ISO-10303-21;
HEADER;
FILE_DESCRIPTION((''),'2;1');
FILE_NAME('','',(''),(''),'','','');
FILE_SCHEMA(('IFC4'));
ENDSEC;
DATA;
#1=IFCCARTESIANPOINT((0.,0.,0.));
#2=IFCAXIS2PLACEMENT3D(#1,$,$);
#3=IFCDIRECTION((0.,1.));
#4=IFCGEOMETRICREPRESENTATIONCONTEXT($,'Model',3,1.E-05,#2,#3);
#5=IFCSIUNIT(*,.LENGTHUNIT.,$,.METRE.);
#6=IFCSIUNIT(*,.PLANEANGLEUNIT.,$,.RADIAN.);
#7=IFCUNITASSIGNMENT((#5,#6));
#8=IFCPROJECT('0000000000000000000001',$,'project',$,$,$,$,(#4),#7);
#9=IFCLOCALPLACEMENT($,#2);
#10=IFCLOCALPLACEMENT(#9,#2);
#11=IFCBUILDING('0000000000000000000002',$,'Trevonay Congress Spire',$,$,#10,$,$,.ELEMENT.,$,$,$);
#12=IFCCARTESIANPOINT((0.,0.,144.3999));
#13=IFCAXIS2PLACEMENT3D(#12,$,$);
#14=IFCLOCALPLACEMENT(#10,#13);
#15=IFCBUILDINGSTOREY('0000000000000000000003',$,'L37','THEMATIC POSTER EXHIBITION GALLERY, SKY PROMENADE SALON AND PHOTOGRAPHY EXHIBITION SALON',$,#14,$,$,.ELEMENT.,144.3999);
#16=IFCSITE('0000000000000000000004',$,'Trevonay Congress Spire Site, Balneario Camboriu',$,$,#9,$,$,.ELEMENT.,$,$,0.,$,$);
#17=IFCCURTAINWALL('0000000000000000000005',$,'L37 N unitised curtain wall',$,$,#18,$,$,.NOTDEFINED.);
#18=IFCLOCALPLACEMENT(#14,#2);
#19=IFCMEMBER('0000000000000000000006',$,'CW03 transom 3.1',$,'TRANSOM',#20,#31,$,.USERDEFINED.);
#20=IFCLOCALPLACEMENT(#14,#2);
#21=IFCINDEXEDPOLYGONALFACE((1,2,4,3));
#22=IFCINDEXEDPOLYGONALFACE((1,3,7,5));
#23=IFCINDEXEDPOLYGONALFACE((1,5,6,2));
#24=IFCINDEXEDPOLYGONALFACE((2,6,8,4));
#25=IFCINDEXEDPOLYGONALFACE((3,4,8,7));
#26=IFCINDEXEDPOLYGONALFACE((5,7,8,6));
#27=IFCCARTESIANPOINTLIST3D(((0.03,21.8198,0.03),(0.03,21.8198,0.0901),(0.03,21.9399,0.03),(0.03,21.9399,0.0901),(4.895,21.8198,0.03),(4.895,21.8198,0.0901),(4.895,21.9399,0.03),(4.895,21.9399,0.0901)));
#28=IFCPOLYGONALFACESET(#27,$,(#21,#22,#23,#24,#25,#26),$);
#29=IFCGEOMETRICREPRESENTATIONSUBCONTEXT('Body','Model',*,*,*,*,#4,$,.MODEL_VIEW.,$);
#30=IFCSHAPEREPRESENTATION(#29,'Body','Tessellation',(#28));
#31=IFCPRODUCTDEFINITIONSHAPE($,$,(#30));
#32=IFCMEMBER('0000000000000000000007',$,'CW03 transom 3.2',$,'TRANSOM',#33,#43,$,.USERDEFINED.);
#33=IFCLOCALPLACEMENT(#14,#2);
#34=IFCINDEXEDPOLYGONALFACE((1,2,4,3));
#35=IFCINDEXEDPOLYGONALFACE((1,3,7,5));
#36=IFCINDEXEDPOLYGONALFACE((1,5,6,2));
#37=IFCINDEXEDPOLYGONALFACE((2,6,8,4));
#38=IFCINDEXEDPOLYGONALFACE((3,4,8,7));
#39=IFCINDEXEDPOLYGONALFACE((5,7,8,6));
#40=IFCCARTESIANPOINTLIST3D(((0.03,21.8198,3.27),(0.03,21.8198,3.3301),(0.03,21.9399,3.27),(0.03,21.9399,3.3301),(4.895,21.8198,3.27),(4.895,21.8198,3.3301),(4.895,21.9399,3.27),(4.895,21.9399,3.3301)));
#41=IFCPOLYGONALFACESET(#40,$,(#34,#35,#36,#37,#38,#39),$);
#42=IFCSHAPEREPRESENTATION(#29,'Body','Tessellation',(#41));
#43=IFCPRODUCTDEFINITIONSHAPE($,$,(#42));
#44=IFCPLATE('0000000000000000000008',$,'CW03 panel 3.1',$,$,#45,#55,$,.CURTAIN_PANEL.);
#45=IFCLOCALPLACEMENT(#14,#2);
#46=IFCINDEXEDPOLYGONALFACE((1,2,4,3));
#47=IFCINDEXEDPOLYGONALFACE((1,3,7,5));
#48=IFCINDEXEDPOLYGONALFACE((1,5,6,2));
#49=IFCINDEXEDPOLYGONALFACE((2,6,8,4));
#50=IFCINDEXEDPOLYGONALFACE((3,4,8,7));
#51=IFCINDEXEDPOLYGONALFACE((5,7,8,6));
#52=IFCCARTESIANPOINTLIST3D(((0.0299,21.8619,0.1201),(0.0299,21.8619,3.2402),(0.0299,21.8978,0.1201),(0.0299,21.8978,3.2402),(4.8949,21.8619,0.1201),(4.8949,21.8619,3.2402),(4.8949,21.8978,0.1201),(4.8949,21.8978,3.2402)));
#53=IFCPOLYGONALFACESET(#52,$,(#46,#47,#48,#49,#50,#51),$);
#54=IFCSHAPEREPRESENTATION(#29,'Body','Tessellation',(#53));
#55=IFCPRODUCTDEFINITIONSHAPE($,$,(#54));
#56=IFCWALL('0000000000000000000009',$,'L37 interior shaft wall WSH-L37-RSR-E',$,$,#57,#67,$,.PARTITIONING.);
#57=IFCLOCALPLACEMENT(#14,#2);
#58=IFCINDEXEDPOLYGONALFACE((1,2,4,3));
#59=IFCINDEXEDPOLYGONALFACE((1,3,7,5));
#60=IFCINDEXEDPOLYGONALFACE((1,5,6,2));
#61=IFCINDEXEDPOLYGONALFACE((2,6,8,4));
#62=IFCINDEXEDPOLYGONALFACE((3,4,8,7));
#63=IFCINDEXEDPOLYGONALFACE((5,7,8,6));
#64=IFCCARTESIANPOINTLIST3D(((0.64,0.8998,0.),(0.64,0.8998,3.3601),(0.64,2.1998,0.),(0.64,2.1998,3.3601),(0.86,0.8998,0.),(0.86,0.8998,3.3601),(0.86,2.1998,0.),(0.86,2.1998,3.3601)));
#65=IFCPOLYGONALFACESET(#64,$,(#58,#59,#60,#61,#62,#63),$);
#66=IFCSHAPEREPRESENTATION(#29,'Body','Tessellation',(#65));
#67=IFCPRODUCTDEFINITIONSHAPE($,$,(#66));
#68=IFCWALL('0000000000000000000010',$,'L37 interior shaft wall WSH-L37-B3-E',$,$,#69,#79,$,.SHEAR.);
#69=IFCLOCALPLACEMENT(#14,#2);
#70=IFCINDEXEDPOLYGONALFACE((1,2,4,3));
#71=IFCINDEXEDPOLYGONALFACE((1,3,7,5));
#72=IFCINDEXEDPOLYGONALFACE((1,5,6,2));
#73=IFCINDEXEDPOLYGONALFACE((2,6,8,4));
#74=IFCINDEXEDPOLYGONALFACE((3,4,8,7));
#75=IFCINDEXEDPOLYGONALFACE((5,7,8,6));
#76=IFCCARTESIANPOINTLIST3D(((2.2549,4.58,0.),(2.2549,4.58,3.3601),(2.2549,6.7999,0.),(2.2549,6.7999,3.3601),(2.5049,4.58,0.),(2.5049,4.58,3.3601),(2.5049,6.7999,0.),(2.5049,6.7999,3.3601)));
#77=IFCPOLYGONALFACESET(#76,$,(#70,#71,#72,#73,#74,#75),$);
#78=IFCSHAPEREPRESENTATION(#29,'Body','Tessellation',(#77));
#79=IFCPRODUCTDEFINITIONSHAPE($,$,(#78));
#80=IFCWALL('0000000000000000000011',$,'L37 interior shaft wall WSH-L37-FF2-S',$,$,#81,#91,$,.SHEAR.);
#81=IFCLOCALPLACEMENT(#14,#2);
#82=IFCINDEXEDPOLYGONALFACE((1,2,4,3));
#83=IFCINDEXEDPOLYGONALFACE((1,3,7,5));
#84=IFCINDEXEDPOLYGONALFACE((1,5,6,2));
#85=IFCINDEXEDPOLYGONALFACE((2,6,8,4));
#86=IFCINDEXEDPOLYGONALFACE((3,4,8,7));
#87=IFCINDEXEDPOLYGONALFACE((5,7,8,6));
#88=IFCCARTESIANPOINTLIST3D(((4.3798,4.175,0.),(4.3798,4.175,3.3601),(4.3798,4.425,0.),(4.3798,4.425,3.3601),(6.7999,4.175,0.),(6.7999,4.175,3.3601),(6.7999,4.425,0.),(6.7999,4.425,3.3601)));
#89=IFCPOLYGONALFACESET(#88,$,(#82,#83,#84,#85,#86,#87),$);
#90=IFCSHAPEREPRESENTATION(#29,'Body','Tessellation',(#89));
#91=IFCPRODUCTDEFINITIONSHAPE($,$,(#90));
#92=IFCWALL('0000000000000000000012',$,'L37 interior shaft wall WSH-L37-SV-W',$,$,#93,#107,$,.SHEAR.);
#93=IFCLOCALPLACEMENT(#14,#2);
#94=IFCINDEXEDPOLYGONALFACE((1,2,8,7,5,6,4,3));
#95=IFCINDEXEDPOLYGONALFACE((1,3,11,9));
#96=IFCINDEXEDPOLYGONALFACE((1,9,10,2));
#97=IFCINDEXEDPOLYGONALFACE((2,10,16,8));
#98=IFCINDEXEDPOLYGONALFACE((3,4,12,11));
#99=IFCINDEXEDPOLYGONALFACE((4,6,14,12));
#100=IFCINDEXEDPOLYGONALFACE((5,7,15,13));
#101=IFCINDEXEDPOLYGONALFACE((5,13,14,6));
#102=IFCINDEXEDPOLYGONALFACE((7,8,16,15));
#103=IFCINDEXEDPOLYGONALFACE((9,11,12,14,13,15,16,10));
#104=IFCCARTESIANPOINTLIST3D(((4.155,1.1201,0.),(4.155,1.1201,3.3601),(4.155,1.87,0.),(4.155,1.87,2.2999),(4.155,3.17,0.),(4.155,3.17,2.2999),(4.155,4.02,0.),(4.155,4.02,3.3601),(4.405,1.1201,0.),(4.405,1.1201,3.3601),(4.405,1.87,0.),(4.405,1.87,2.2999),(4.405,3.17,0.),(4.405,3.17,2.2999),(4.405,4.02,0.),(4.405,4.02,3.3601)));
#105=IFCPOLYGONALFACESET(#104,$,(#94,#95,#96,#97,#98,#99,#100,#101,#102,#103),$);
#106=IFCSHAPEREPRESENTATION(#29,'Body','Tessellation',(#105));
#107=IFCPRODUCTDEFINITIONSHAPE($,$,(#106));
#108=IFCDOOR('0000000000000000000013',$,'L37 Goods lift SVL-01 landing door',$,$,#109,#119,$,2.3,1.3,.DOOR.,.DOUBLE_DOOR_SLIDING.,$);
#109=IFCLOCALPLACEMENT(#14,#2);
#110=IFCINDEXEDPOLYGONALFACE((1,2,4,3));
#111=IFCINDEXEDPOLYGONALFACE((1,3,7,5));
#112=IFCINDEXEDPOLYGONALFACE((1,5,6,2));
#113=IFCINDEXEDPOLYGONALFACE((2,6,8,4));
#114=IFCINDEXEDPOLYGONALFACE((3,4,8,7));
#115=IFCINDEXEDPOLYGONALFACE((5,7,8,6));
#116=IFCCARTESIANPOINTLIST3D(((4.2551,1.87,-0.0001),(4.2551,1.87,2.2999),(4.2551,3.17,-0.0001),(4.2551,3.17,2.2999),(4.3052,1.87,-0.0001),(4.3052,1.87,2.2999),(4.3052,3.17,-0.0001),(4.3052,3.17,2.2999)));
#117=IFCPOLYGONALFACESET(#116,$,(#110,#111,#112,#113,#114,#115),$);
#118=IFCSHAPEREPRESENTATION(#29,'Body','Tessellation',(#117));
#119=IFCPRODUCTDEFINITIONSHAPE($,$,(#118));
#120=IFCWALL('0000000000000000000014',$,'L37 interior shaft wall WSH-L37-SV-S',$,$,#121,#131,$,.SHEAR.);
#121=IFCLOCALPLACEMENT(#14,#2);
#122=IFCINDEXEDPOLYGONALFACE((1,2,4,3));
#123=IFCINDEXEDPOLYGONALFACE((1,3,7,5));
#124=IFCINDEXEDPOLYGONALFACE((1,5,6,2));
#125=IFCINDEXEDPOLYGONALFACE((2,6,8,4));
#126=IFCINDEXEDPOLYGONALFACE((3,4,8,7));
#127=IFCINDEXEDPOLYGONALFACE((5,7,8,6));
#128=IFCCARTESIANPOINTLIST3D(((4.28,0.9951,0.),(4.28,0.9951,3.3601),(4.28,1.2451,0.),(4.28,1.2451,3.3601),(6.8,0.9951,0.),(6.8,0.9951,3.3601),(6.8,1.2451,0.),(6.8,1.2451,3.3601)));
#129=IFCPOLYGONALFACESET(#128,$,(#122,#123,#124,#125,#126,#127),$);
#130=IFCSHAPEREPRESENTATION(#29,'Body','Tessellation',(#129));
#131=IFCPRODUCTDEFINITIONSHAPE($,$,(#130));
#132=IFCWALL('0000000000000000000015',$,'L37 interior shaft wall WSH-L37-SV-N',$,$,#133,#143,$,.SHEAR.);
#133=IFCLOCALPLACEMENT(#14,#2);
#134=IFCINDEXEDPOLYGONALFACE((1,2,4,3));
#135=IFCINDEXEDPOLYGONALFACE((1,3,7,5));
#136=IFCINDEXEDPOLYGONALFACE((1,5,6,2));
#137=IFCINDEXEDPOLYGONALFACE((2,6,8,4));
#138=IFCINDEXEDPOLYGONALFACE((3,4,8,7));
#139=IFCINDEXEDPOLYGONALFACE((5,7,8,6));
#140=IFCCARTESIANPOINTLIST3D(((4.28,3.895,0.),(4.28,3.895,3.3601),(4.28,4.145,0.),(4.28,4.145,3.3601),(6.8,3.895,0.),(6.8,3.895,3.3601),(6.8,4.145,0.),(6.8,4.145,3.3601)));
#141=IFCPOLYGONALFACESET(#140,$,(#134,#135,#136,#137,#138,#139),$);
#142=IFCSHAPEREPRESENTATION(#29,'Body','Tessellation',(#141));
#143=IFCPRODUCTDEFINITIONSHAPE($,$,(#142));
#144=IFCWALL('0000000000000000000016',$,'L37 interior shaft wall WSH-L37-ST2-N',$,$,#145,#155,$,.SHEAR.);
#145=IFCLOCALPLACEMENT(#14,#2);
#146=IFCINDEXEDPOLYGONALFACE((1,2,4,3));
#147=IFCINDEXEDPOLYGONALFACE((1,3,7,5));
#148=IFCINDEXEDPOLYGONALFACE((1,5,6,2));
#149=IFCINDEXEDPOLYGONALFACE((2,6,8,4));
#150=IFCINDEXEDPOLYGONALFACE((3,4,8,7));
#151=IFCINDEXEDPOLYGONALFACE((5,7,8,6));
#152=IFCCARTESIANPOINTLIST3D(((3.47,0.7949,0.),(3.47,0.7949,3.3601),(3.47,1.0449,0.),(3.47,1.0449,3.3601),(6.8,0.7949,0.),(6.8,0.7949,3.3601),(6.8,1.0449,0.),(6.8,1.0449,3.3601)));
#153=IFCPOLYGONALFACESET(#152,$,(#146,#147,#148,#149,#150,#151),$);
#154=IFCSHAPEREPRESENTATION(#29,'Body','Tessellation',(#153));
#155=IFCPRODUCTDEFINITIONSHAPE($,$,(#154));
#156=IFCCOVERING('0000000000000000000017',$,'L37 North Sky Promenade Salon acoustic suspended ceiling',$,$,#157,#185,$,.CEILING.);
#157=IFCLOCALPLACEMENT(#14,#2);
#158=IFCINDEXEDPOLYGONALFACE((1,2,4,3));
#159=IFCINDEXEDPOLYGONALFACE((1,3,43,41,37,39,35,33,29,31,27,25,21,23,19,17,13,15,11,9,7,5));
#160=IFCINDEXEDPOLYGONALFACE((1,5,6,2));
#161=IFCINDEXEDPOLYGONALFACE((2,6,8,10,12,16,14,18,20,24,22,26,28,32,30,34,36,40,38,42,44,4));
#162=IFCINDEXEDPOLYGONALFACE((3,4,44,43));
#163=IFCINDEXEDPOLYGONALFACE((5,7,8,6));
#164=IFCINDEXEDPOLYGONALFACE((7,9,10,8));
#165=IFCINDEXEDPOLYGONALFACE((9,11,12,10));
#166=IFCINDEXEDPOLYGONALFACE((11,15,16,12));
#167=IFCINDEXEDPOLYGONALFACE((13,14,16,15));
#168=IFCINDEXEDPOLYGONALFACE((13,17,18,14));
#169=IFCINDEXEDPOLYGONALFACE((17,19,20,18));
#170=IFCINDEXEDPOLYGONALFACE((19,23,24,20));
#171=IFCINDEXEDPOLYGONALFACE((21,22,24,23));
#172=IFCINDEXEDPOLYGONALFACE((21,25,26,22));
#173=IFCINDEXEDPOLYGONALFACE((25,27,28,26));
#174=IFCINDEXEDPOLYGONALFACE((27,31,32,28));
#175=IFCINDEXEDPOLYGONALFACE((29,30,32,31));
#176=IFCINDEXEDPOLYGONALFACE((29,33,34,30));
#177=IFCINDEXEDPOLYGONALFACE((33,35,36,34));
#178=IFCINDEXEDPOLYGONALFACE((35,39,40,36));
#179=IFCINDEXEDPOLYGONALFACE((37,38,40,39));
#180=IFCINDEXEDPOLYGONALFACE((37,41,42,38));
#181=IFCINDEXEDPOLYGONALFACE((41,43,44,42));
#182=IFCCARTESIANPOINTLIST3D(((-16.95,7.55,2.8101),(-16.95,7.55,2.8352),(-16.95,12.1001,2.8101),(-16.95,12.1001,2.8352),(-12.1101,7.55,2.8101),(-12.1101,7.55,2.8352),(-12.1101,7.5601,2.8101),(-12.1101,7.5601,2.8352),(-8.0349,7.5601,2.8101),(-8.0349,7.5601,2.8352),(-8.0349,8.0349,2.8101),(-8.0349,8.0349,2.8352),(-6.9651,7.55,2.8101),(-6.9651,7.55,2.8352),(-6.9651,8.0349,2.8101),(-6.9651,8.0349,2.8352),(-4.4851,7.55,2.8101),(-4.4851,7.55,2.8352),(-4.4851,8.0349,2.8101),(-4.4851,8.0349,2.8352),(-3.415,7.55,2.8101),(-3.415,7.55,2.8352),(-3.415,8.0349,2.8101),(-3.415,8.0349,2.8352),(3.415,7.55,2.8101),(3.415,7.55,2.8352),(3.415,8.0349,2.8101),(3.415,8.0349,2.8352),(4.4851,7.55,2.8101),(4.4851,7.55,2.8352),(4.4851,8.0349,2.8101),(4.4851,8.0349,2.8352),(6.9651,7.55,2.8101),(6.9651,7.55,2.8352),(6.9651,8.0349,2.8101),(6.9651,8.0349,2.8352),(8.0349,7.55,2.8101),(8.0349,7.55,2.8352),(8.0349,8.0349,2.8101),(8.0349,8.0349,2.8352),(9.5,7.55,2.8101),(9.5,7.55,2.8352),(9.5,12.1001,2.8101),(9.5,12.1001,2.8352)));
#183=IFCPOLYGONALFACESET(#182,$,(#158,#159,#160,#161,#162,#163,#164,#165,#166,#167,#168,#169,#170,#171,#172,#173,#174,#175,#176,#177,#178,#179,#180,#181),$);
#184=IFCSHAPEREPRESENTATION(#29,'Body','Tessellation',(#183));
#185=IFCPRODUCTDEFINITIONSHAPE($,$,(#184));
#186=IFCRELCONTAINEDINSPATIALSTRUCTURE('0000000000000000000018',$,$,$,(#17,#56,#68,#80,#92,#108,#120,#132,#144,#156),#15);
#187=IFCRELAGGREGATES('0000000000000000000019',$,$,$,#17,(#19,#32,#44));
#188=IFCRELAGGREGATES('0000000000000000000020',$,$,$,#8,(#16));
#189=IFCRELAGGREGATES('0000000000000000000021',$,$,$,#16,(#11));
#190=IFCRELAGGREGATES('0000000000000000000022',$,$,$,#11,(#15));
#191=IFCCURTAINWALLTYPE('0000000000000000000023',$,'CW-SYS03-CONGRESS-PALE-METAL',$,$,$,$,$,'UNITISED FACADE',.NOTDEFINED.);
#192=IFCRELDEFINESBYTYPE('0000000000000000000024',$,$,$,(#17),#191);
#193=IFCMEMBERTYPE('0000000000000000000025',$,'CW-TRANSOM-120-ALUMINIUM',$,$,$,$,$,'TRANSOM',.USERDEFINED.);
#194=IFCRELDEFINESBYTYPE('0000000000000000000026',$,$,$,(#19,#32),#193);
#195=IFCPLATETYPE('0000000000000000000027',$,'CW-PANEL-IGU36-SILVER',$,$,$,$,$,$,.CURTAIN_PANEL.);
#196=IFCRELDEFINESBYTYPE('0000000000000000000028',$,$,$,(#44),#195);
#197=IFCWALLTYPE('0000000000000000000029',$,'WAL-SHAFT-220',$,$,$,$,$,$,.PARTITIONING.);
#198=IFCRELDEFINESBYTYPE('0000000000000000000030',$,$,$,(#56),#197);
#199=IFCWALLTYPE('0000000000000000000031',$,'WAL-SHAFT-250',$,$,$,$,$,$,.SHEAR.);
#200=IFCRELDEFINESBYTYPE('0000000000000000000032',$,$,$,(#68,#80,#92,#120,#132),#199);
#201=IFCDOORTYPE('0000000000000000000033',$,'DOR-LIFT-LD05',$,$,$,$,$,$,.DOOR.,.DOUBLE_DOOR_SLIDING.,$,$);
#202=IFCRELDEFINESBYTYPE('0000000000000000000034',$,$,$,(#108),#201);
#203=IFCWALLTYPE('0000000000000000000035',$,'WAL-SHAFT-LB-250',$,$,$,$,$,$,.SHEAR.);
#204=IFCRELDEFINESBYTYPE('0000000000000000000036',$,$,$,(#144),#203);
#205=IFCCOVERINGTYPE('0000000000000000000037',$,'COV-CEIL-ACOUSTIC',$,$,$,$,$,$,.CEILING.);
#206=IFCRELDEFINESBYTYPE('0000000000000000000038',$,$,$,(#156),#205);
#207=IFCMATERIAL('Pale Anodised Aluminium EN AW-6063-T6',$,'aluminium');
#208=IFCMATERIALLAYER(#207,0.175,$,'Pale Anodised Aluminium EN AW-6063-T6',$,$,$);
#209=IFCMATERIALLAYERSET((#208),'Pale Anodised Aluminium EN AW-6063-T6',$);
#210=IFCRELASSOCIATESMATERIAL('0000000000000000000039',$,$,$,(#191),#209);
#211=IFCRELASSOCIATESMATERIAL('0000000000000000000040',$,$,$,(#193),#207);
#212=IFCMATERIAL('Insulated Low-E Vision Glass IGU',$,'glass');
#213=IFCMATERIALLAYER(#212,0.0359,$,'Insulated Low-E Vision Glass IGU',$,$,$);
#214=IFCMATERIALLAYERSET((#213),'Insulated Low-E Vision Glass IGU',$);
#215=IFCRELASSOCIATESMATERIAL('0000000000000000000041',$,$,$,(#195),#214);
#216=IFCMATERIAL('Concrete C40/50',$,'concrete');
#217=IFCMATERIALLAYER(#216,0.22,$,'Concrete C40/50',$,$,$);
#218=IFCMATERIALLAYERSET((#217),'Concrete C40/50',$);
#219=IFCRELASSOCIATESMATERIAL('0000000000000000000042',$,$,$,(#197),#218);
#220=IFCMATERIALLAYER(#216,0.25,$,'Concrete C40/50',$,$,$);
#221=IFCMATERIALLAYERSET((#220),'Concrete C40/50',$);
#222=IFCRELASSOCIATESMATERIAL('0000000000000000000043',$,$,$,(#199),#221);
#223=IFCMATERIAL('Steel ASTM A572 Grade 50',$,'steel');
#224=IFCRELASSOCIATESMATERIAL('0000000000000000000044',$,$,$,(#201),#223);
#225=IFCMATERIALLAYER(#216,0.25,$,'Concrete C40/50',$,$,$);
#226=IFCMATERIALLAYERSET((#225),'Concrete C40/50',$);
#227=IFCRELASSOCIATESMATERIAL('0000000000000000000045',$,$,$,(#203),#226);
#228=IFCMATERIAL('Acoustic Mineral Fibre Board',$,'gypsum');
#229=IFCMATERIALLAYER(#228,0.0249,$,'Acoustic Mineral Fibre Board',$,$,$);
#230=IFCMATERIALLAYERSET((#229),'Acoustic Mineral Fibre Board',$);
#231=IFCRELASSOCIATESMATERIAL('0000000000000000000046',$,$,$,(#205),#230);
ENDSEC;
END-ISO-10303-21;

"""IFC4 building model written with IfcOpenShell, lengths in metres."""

from ifc_helpers import new_model, si_unit, direction, frame, frame_2d, origin, origin_2d, place, context, subcontext, project, spatial, polyline, rectangle, outline, extrude, material, layer, layer_set, material_profile, profile_set, type_object, element, fill, aggregate, save


model = new_model("IFC4")

# Units and contexts
model_context = context("Model", 3, precision=1e-05, world=origin(), true_north=direction((0.0, 1.0)))
body_context = subcontext(model_context, "Body", "Model", "MODEL_VIEW")
ifc_project = project(units=[si_unit("LENGTHUNIT", "METRE"), si_unit("PLANEANGLEUNIT", "RADIAN")], contexts=[model_context])

# Site, building, storey
site_placement = place(None, origin())
site = spatial("IfcSite", under=ifc_project, at=site_placement, Name="Trevonay Congress Spire Site, Balneario Camboriu", CompositionType="ELEMENT", RefElevation=0.0)
building_placement = place(site_placement, origin())
building = spatial("IfcBuilding", under=site, at=building_placement, Name="Trevonay Congress Spire", CompositionType="ELEMENT")
storey_placement = place(building_placement, frame((0.0, 0.0, 144.3999)))
storey = spatial("IfcBuildingStorey", under=building, at=storey_placement, Name="L37", Description="THEMATIC POSTER EXHIBITION GALLERY, SKY PROMENADE SALON AND PHOTOGRAPHY EXHIBITION SALON", CompositionType="ELEMENT", Elevation=144.3999)

# Shared definitions
ifc_material_1 = material(Name="Steel ASTM A572 Grade 50", Category="steel")

# Curtain wall, members, plate
ifc_material_2 = material(Name="Pale Anodised Aluminium EN AW-6063-T6", Category="aluminium")
ifc_layer_1 = layer(ifc_material_2, 0.175, Name="Pale Anodised Aluminium EN AW-6063-T6")
ifc_layer_set_1 = layer_set([ifc_layer_1], Name="Pale Anodised Aluminium EN AW-6063-T6")
curtain_wall_type = type_object("IfcCurtainWallType", Name="CW-SYS03-CONGRESS-PALE-METAL", ElementType="UNITISED FACADE", PredefinedType="NOTDEFINED", material=ifc_layer_set_1)
curtain_wall_placement = place(storey_placement, origin())
curtain_wall = element("IfcCurtainWall", 1, at=curtain_wall_placement, inside=storey, type_object=curtain_wall_type, Name="L37 N unitised curtain wall", PredefinedType="NOTDEFINED")
ifc_material_profile_1 = material_profile(ifc_material_2, rectangle(XDim=0.1201, YDim=0.0601, at=origin_2d()), Name="CW-TRANSOM-120-ALUMINIUM")
ifc_profile_set_1 = profile_set([ifc_material_profile_1], Name="Pale Anodised Aluminium EN AW-6063-T6")
member_type = type_object("IfcMemberType", Name="CW-TRANSOM-120-ALUMINIUM", ElementType="TRANSOM", PredefinedType="USERDEFINED", material=ifc_profile_set_1)
member_1_placement = place(storey_placement, frame((0.03, 21.8799, 0.0601), z_axis=(1.0, 0.0, 0.0), x_axis=(0.0, 1.0, 0.0)))
member_1 = element("IfcMember", 2, at=member_1_placement, type_object=member_type, Name="CW03 transom 3.1", ObjectType="TRANSOM", PredefinedType="USERDEFINED", context=body_context, shape_type="SweptSolid", body=[
    extrude(rectangle(XDim=0.1201, YDim=0.0601, at=origin_2d()), origin(), (0.0, 0.0, 1.0), 4.865),
])
member_2_placement = place(storey_placement, frame((0.03, 21.8799, 3.3), z_axis=(1.0, 0.0, 0.0), x_axis=(0.0, 1.0, 0.0)))
member_2 = element("IfcMember", 3, at=member_2_placement, type_object=member_type, Name="CW03 transom 3.2", ObjectType="TRANSOM", PredefinedType="USERDEFINED", context=body_context, shape_type="SweptSolid", body=[
    extrude(rectangle(XDim=0.1201, YDim=0.0601, at=origin_2d()), origin(), (0.0, 0.0, 1.0), 4.865),
])
ifc_material_3 = material(Name="Insulated Low-E Vision Glass IGU", Category="glass")
ifc_layer_2 = layer(ifc_material_3, 0.0359, Name="Insulated Low-E Vision Glass IGU")
ifc_layer_set_2 = layer_set([ifc_layer_2], Name="Insulated Low-E Vision Glass IGU")
plate_type = type_object("IfcPlateType", Name="CW-PANEL-IGU36-SILVER", PredefinedType="CURTAIN_PANEL", material=ifc_layer_set_2)
plate_placement = place(storey_placement, frame((2.4624, 21.8799, 0.1201), z_axis=(0.0, 0.0, 1.0), x_axis=(1.0, 0.0, 0.0)))
plate = element("IfcPlate", 4, at=plate_placement, type_object=plate_type, Name="CW03 panel 3.1", PredefinedType="CURTAIN_PANEL", context=body_context, shape_type="SweptSolid", body=[
    extrude(rectangle(XDim=4.865, YDim=0.0359, at=origin_2d()), origin(), (0.0, 0.0, 1.0), 3.1201),
])
aggregate(curtain_wall, [member_1, member_2, plate])

# Walls
ifc_material_4 = material(Name="Concrete C40/50", Category="concrete")
ifc_layer_3 = layer(ifc_material_4, 0.22, Name="Concrete C40/50")
ifc_layer_set_3 = layer_set([ifc_layer_3], Name="Concrete C40/50")
wall_type_1 = type_object("IfcWallType", Name="WAL-SHAFT-220", PredefinedType="PARTITIONING", material=ifc_layer_set_3)
wall_1_placement = place(storey_placement, frame((0.75, 0.8999, 0.0), z_axis=(0.0, 0.0, 1.0), x_axis=(0.0, 1.0, 0.0)))
element("IfcWall", 5, at=wall_1_placement, inside=storey, type_object=wall_type_1, Name="L37 interior shaft wall WSH-L37-RSR-E", PredefinedType="PARTITIONING", context=body_context, shape_type="SweptSolid", body=[
    extrude(rectangle(XDim=1.3, YDim=0.22, at=frame_2d((0.6499, 0.0))), origin(), (0.0, 0.0, 1.0), 3.3601),
])
ifc_layer_4 = layer(ifc_material_4, 0.25, Name="Concrete C40/50")
ifc_layer_set_4 = layer_set([ifc_layer_4], Name="Concrete C40/50")
wall_type_2 = type_object("IfcWallType", Name="WAL-SHAFT-250", PredefinedType="SHEAR", material=ifc_layer_set_4)
wall_2_placement = place(storey_placement, frame((2.3799, 4.5801, 0.0), z_axis=(0.0, 0.0, 1.0), x_axis=(0.0, 1.0, 0.0)))
element("IfcWall", 6, at=wall_2_placement, inside=storey, type_object=wall_type_2, Name="L37 interior shaft wall WSH-L37-B3-E", PredefinedType="SHEAR", context=body_context, shape_type="SweptSolid", body=[
    extrude(rectangle(XDim=2.22, YDim=0.25, at=frame_2d((1.1099, 0.0))), origin(), (0.0, 0.0, 1.0), 3.3601),
])
wall_3_placement = place(storey_placement, frame((4.3799, 4.3, 0.0), z_axis=(0.0, 0.0, 1.0), x_axis=(1.0, 0.0, 0.0)))
element("IfcWall", 7, at=wall_3_placement, inside=storey, type_object=wall_type_2, Name="L37 interior shaft wall WSH-L37-FF2-S", PredefinedType="SHEAR", context=body_context, shape_type="SweptSolid", body=[
    extrude(rectangle(XDim=2.4202, YDim=0.25, at=frame_2d((1.21, 0.0))), origin(), (0.0, 0.0, 1.0), 3.3601),
])

# Wall, opening, door
wall_4_placement = place(storey_placement, frame((4.28, 1.1201, 0.0), z_axis=(0.0, 0.0, 1.0), x_axis=(0.0, 1.0, 0.0)))
wall_4 = element("IfcWall", 8, at=wall_4_placement, inside=storey, type_object=wall_type_2, Name="L37 interior shaft wall WSH-L37-SV-W", PredefinedType="SHEAR", context=body_context, shape_type="SweptSolid", body=[
    extrude(rectangle(XDim=2.8999, YDim=0.25, at=frame_2d((1.45, 0.0))), origin(), (0.0, 0.0, 1.0), 3.3601),
])
opening_placement = place(wall_4_placement, frame((0.75, 0.0, 0.0)))
opening = element("IfcOpeningElement", 9, at=opening_placement, cuts=wall_4, PredefinedType="OPENING", context=body_context, shape_type="SweptSolid", body=[
    extrude(rectangle(XDim=1.3, YDim=2.3, at=frame_2d((0.6499, 1.1499))), frame((0.0, 0.135, 0.0), z_axis=(0.0, -1.0, 0.0), x_axis=(1.0, 0.0, 0.0)), (0.0, 0.0, 1.0), 0.27),
])
door_type = type_object("IfcDoorType", Name="DOR-LIFT-LD05", OperationType="DOUBLE_DOOR_SLIDING", PredefinedType="DOOR", material=ifc_material_1)
door_placement = place(opening_placement, origin())
door = element("IfcDoor", 10, at=door_placement, inside=storey, type_object=door_type, Name="L37 Goods lift SVL-01 landing door", OperationType="DOUBLE_DOOR_SLIDING", OverallHeight=2.3, OverallWidth=1.3, PredefinedType="DOOR", context=body_context, shape_type="SweptSolid", body=[
    extrude(rectangle(XDim=1.3, YDim=2.3, at=frame_2d((0.6499, 1.1499))), frame((0.0, 0.0249, 0.0), z_axis=(0.0, -1.0, 0.0), x_axis=(1.0, 0.0, 0.0)), (0.0, 0.0, 1.0), 0.05),
])
fill(opening, door)

# Walls
for number, where, z_axis, x_axis, name in (
    (11, (4.28, 1.1201, 0.0), (0.0, 0.0, 1.0), (1.0, 0.0, 0.0), "L37 interior shaft wall WSH-L37-SV-S"),
    (12, (4.28, 4.02, 0.0), (0.0, 0.0, 1.0), (1.0, 0.0, 0.0), "L37 interior shaft wall WSH-L37-SV-N"),
):
    element("IfcWall", number, at=place(storey_placement, frame(where, z_axis=z_axis, x_axis=x_axis)), inside=storey, type_object=wall_type_2, Name=name, PredefinedType="SHEAR", context=body_context, shape_type="SweptSolid", body=[
        extrude(rectangle(XDim=2.52, YDim=0.25, at=frame_2d((1.26, 0.0))), origin(), (0.0, 0.0, 1.0), 3.3601),
    ])
ifc_layer_5 = layer(ifc_material_4, 0.25, Name="Concrete C40/50")
ifc_layer_set_5 = layer_set([ifc_layer_5], Name="Concrete C40/50")
wall_type_3 = type_object("IfcWallType", Name="WAL-SHAFT-LB-250", PredefinedType="SHEAR", material=ifc_layer_set_5)
wall_5_placement = place(storey_placement, frame((3.47, 0.9199, 0.0), z_axis=(0.0, 0.0, 1.0), x_axis=(1.0, 0.0, 0.0)))
element("IfcWall", 13, at=wall_5_placement, inside=storey, type_object=wall_type_3, Name="L37 interior shaft wall WSH-L37-ST2-N", PredefinedType="SHEAR", context=body_context, shape_type="SweptSolid", body=[
    extrude(rectangle(XDim=3.3301, YDim=0.25, at=frame_2d((1.665, 0.0))), origin(), (0.0, 0.0, 1.0), 3.3601),
])

# Covering
ifc_material_5 = material(Name="Acoustic Mineral Fibre Board", Category="gypsum")
ifc_layer_6 = layer(ifc_material_5, 0.0249, Name="Acoustic Mineral Fibre Board")
ifc_layer_set_6 = layer_set([ifc_layer_6], Name="Acoustic Mineral Fibre Board")
covering_type_1 = type_object("IfcCoveringType", Name="COV-CEIL-ACOUSTIC", PredefinedType="CEILING", material=ifc_layer_set_6)
covering_1_placement = place(storey_placement, frame((0.0, 0.0, 2.8101)))
element("IfcCovering", 14, at=covering_1_placement, inside=storey, type_object=covering_type_1, Name="L37 North Sky Promenade Salon acoustic suspended ceiling", PredefinedType="CEILING", context=body_context, shape_type="SweptSolid", body=[
    extrude(outline(polyline([(-16.95, 12.1001), (9.5, 12.1001), (9.5, 7.55), (8.0349, 7.55), (8.0349, 8.0349), (6.9651, 8.0349), (6.9651, 7.55), (4.4851, 7.55), (4.4851, 8.0349), (3.415, 8.0349), (3.415, 7.55), (-3.415, 7.55), (-3.415, 8.0349), (-4.4851, 8.0349), (-4.4851, 7.55), (-6.9651, 7.55), (-6.9651, 8.0349), (-8.0349, 8.0349), (-8.0349, 7.5601), (-12.1101, 7.5601), (-12.1101, 7.55), (-16.95, 7.55), (-16.95, 12.1001)])), origin(), (0.0, 0.0, 1.0), 0.0251),
])

save(model, "model.ifc")
